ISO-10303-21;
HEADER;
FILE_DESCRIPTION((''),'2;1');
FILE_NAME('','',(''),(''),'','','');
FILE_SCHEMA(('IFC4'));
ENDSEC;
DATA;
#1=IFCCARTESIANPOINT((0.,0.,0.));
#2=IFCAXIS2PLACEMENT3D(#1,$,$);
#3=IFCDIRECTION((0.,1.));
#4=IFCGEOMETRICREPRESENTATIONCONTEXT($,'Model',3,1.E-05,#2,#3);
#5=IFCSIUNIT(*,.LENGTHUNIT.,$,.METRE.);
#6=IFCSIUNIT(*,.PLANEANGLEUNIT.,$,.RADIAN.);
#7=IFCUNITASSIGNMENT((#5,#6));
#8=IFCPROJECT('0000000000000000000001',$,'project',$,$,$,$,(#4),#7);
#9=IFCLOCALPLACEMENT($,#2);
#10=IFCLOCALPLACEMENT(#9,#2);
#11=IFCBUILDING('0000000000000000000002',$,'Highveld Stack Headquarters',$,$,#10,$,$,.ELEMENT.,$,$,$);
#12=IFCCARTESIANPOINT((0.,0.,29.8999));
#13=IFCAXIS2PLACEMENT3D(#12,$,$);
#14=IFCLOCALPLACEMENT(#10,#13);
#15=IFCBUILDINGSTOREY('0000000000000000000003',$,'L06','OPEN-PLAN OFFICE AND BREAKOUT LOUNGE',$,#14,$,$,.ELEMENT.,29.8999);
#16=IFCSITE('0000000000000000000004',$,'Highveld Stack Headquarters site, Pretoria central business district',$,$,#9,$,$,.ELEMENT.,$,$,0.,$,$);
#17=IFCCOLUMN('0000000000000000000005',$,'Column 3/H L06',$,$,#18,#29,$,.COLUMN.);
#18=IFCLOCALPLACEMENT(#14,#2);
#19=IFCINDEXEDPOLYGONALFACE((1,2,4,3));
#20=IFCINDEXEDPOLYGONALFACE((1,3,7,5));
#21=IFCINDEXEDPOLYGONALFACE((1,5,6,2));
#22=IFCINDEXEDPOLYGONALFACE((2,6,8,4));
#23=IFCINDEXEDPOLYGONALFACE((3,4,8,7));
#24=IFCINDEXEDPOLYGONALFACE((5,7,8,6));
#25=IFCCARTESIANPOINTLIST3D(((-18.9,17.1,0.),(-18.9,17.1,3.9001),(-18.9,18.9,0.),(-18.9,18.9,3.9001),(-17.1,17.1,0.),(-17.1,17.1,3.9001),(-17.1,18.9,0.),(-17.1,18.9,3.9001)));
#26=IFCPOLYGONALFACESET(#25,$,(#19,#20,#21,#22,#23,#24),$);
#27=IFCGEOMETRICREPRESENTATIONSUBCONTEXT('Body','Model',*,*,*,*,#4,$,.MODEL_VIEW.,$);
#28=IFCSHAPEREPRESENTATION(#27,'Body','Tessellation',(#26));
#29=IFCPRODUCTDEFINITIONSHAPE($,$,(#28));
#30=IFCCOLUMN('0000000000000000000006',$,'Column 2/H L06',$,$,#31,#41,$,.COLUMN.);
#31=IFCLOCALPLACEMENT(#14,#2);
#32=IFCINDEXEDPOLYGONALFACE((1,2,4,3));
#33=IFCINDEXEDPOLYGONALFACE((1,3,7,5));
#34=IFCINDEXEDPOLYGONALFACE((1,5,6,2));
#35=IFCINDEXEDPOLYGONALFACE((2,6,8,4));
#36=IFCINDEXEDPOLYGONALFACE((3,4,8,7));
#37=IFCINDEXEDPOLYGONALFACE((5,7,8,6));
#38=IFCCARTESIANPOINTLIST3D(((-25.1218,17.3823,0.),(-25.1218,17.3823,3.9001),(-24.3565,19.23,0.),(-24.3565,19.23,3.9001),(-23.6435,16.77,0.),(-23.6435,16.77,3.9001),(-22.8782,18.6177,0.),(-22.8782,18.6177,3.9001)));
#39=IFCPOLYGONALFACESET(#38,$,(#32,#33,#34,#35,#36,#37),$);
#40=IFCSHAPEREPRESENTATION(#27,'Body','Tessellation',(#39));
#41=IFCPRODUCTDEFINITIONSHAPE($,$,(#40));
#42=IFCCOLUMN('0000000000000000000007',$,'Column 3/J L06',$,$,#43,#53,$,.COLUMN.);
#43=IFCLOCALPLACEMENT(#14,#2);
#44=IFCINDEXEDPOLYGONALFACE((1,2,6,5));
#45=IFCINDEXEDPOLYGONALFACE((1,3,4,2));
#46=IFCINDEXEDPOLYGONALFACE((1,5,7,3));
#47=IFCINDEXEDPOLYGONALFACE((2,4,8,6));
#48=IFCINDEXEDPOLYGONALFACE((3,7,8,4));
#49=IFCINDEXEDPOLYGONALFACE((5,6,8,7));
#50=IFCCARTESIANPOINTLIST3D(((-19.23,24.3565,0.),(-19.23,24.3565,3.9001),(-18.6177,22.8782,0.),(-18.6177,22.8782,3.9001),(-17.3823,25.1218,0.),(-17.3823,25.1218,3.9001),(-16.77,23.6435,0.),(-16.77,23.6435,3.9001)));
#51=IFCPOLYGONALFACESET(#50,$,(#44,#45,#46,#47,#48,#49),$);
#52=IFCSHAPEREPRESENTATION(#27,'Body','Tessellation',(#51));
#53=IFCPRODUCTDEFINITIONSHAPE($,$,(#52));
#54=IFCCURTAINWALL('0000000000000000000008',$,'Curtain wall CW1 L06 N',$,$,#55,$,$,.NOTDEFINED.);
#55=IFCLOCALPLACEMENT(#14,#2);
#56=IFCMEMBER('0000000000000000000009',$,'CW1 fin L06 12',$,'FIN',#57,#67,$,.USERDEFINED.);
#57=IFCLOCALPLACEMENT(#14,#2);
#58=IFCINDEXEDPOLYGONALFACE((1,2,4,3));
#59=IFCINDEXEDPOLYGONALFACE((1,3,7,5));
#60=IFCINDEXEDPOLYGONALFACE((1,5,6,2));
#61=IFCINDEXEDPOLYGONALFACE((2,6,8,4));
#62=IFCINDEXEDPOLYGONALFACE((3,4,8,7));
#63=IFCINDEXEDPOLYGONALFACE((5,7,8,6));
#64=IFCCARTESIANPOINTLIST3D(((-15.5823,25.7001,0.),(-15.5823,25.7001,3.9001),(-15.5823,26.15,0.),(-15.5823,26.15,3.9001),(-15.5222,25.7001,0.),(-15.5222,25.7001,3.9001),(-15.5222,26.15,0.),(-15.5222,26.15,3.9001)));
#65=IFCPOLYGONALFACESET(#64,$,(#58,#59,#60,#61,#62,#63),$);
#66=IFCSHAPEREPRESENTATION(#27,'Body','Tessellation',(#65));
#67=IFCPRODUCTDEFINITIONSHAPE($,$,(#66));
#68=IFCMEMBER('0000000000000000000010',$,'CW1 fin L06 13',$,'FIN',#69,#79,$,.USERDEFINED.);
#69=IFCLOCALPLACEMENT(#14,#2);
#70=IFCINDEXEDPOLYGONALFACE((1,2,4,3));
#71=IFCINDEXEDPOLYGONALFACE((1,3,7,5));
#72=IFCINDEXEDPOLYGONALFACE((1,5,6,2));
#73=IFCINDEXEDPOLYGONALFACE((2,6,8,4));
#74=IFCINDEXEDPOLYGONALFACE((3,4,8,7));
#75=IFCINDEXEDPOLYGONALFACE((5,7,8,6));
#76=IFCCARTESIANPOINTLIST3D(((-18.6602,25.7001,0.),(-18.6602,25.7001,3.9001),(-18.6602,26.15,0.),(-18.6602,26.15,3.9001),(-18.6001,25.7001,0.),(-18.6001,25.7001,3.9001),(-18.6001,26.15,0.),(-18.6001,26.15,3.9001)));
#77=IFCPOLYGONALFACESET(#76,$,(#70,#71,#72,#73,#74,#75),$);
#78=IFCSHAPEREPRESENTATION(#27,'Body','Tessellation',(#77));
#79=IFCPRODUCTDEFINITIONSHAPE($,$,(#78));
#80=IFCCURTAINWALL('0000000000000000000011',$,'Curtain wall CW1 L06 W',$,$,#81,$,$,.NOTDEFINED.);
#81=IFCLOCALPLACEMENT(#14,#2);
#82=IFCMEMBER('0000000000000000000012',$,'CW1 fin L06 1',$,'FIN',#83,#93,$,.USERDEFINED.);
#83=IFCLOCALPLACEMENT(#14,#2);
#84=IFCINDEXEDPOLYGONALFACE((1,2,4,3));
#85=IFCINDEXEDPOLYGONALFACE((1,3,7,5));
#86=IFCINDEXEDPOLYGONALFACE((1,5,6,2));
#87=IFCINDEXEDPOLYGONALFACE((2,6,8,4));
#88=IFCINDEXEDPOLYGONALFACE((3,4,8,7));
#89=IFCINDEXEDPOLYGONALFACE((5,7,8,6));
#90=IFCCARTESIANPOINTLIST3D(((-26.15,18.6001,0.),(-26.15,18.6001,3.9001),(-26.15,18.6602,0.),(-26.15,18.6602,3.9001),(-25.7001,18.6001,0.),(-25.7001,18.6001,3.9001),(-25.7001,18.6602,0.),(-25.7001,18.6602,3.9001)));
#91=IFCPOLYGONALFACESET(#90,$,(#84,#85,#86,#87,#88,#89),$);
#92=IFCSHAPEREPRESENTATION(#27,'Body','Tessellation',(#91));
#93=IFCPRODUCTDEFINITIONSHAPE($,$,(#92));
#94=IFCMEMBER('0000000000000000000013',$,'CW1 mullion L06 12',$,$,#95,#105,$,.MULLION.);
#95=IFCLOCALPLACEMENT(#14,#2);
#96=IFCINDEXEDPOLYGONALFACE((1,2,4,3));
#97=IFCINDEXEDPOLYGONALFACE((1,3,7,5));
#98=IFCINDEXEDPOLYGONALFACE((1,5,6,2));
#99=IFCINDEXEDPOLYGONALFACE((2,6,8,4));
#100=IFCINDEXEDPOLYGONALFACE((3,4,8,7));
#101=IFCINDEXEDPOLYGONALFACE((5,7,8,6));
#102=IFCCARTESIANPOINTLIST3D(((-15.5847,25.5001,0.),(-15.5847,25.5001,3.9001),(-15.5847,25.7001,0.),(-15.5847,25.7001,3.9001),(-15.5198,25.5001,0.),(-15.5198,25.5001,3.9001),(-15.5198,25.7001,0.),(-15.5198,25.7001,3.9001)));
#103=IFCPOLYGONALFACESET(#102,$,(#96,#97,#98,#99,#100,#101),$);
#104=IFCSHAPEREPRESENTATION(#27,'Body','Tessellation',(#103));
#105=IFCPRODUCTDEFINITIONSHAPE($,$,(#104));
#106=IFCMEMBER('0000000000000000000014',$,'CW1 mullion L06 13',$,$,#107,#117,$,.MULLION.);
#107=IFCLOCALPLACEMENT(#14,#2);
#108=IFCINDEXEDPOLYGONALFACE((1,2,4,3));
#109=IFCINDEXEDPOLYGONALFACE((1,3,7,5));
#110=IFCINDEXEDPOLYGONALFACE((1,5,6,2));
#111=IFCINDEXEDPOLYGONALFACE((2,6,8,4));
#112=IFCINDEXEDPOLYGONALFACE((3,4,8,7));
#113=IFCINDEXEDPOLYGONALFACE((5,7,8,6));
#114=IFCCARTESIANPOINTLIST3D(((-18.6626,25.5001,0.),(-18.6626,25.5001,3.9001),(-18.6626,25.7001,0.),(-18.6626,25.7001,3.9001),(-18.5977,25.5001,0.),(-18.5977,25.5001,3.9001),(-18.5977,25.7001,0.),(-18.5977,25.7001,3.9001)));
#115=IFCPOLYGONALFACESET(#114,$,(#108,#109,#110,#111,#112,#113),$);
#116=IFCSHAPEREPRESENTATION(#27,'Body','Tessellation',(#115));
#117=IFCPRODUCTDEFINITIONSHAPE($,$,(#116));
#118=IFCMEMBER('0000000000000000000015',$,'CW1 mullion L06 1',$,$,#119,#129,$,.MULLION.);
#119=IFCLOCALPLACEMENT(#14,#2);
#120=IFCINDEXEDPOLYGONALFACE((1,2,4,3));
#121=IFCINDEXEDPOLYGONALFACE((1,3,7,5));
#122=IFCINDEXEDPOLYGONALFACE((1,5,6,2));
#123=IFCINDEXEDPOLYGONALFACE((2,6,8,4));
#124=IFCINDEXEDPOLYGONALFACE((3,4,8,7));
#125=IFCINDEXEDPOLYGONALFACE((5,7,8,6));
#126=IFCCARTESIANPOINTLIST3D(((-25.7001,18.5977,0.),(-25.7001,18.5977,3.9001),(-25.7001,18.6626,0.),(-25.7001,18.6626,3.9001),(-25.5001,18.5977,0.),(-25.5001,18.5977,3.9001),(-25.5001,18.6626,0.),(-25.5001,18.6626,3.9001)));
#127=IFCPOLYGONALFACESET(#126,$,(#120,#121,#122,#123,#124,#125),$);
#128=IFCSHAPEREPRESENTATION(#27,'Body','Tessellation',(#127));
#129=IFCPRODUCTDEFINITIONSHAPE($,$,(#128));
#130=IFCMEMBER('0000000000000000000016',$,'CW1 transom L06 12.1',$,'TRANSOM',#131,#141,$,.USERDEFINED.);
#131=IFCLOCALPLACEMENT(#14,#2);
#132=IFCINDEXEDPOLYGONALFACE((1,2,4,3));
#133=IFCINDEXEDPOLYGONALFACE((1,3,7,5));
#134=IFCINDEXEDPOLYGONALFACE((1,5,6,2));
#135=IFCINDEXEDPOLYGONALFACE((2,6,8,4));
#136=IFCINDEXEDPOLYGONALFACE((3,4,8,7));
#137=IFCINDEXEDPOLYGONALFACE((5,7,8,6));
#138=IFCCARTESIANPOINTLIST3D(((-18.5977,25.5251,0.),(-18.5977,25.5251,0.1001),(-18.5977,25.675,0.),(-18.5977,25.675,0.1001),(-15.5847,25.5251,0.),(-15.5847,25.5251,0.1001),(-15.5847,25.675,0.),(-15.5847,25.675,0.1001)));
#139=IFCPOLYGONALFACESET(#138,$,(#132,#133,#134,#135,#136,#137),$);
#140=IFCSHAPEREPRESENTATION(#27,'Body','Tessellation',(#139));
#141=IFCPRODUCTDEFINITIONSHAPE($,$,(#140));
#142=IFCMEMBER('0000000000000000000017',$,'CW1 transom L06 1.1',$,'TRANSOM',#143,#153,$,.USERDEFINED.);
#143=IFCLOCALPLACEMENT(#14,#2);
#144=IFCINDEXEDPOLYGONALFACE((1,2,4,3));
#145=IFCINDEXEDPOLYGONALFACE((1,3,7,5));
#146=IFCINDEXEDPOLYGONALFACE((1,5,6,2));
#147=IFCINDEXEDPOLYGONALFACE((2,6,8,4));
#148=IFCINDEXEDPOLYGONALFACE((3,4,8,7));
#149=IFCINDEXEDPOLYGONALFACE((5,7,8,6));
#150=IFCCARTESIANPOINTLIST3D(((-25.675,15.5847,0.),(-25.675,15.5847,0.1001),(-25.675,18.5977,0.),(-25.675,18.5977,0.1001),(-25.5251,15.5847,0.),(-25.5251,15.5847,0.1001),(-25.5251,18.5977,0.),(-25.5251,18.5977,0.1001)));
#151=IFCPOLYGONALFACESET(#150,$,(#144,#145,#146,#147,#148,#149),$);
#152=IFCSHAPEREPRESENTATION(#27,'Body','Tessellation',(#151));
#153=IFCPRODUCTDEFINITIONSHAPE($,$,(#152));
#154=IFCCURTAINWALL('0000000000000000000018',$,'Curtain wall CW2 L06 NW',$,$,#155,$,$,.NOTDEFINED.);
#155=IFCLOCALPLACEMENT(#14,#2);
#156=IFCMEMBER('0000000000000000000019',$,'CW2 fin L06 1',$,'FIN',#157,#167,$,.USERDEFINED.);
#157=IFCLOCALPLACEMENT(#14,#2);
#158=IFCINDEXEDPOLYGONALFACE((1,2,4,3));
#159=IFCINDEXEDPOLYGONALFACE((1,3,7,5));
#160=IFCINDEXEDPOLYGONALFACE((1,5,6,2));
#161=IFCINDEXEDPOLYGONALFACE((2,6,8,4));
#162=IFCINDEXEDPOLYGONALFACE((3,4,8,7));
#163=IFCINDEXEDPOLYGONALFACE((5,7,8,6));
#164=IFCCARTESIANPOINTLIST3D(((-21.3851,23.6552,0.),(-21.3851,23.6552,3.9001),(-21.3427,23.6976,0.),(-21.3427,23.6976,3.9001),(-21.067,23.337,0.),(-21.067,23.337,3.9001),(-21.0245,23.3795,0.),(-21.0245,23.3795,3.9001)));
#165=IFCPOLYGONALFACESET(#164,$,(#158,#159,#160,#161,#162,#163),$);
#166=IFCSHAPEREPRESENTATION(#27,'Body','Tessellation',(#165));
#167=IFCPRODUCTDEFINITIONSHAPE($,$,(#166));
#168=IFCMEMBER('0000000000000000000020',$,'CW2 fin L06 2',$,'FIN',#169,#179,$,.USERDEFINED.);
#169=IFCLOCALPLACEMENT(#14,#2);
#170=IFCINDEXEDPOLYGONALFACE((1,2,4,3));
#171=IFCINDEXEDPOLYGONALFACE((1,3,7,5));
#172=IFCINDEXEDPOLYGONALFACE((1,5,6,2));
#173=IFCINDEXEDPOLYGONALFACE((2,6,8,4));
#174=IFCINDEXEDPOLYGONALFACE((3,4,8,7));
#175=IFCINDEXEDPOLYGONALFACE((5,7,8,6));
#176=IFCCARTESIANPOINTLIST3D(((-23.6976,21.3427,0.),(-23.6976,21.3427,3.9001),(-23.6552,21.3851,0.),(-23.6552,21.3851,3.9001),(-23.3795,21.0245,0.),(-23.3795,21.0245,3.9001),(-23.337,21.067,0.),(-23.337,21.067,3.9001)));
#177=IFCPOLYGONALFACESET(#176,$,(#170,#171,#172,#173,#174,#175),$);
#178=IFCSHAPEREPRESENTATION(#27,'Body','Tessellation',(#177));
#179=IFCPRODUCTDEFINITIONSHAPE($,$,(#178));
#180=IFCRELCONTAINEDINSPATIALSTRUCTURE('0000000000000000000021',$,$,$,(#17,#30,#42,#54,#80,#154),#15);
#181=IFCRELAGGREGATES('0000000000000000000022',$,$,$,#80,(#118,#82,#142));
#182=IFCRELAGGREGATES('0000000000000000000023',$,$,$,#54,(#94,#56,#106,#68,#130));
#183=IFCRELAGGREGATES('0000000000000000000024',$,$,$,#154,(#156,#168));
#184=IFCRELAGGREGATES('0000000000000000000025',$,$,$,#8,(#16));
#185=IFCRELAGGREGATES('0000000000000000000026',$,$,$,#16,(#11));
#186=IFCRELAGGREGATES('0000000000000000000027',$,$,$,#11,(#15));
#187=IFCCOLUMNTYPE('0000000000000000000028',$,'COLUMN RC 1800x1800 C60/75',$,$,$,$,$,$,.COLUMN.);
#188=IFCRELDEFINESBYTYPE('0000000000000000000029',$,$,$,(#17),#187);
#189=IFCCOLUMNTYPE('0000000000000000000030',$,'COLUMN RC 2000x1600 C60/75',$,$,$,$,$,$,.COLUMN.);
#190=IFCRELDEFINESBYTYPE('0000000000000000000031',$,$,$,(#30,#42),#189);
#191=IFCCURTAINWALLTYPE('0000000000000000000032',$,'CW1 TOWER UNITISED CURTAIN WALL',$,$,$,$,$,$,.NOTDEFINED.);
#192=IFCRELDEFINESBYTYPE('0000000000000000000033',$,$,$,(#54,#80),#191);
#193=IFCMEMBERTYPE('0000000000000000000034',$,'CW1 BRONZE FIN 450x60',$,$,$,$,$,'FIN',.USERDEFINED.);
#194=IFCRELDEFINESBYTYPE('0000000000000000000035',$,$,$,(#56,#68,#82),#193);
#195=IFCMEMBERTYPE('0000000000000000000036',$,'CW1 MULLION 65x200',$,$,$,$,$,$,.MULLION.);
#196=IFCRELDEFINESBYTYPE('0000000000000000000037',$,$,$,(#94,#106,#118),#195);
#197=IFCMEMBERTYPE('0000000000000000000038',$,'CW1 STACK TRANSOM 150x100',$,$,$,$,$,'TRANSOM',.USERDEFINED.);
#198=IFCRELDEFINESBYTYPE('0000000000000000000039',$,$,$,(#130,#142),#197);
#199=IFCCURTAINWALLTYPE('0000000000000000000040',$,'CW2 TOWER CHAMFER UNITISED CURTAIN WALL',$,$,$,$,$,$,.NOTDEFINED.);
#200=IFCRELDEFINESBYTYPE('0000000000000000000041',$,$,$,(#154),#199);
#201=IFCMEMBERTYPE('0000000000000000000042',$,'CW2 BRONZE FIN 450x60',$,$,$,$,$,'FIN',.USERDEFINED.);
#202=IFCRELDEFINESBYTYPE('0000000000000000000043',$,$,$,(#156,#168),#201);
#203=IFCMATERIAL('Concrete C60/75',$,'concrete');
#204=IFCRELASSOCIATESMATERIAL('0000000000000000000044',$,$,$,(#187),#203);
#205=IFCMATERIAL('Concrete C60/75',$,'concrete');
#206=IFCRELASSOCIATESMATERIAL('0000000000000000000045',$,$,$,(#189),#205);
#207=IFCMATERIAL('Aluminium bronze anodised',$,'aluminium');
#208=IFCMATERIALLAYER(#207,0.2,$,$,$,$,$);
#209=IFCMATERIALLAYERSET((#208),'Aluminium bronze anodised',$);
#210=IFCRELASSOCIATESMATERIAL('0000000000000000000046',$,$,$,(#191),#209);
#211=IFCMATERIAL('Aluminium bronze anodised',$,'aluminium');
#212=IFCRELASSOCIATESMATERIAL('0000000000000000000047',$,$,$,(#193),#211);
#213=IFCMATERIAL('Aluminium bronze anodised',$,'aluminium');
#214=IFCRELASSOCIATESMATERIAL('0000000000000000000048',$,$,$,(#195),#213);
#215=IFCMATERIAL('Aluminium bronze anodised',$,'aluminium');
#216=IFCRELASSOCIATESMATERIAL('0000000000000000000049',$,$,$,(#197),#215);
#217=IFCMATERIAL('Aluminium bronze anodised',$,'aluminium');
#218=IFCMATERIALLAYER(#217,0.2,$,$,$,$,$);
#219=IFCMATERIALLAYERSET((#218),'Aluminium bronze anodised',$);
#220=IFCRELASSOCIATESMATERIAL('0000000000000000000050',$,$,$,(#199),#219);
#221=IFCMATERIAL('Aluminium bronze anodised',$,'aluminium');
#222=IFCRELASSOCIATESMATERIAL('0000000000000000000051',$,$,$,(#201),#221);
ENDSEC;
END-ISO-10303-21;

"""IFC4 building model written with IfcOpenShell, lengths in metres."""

from ifc_helpers import new_model, si_unit, direction, frame, origin, origin_2d, place, context, subcontext, project, spatial, rectangle, extrude, material, layer, layer_set, material_profile, profile_set, type_object, element, aggregate, save


model = new_model("IFC4")

# Units and contexts
model_context = context("Model", 3, precision=1e-05, world=origin(), true_north=direction((0.0, 1.0)))
body_context = subcontext(model_context, "Body", "Model", "MODEL_VIEW")
ifc_project = project(units=[si_unit("LENGTHUNIT", "METRE"), si_unit("PLANEANGLEUNIT", "RADIAN")], contexts=[model_context])

# Site, building, storey
site_placement = place(None, origin())
site = spatial("IfcSite", under=ifc_project, at=site_placement, Name="Highveld Stack Headquarters site, Pretoria central business district", CompositionType="ELEMENT", RefElevation=0.0)
building_placement = place(site_placement, origin())
building = spatial("IfcBuilding", under=site, at=building_placement, Name="Highveld Stack Headquarters", CompositionType="ELEMENT")
storey_placement = place(building_placement, frame((0.0, 0.0, 29.8999)))
storey = spatial("IfcBuildingStorey", under=building, at=storey_placement, Name="L06", Description="OPEN-PLAN OFFICE AND BREAKOUT LOUNGE", CompositionType="ELEMENT", Elevation=29.8999)

# Columns
ifc_material_1 = material(Name="Concrete C60/75", Category="concrete")
ifc_material_profile_1 = material_profile(ifc_material_1, rectangle(XDim=1.8, YDim=1.8, at=origin_2d()), Name="RC 1800x1800")
ifc_profile_set_1 = profile_set([ifc_material_profile_1], Name="Concrete C60/75")
column_type_1 = type_object("IfcColumnType", Name="COLUMN RC 1800x1800 C60/75", PredefinedType="COLUMN", material=ifc_profile_set_1)
column_placement = place(storey_placement, frame((-18.0, 18.0, 0.0), z_axis=(0.0, 0.0, 1.0), x_axis=(1.0, 0.0, 0.0)))
element("IfcColumn", 1, at=column_placement, inside=storey, type_object=column_type_1, Name="Column 3/H L06", PredefinedType="COLUMN", context=body_context, shape_type="SweptSolid", body=[
    extrude(rectangle(XDim=1.8, YDim=1.8, at=origin_2d()), origin(), (0.0, 0.0, 1.0), 3.9001),
])
ifc_material_2 = material(Name="Concrete C60/75", Category="concrete")
ifc_material_profile_2 = material_profile(ifc_material_2, rectangle(XDim=2.0, YDim=1.6001, at=origin_2d()), Name="RC 2000x1600")
ifc_profile_set_2 = profile_set([ifc_material_profile_2], Name="Concrete C60/75")
column_type_2 = type_object("IfcColumnType", Name="COLUMN RC 2000x1600 C60/75", PredefinedType="COLUMN", material=ifc_profile_set_2)
for number, where, z_axis, x_axis, name in (
    (2, (-24.0, 18.0, 0.0), (0.0, 0.0, 1.0), (0.382683, 0.92388, 0.0), "Column 2/H L06"),
    (3, (-18.0, 24.0, 0.0), (0.0, 0.0, 1.0), (0.92388, 0.382683, 0.0), "Column 3/J L06"),
):
    element("IfcColumn", number, at=place(storey_placement, frame(where, z_axis=z_axis, x_axis=x_axis)), inside=storey, type_object=column_type_2, Name=name, PredefinedType="COLUMN", context=body_context, shape_type="SweptSolid", body=[
        extrude(rectangle(XDim=2.0, YDim=1.6001, at=origin_2d()), origin(), (0.0, 0.0, 1.0), 3.9001),
    ])

# Curtain wall, members
ifc_material_3 = material(Name="Aluminium bronze anodised", Category="aluminium")
ifc_layer_1 = layer(ifc_material_3, 0.2)
ifc_layer_set_1 = layer_set([ifc_layer_1], Name="Aluminium bronze anodised")
curtain_wall_type_1 = type_object("IfcCurtainWallType", Name="CW1 TOWER UNITISED CURTAIN WALL", PredefinedType="NOTDEFINED", material=ifc_layer_set_1)
curtain_wall_1_placement = place(storey_placement, origin())
curtain_wall_1 = element("IfcCurtainWall", 4, at=curtain_wall_1_placement, inside=storey, type_object=curtain_wall_type_1, Name="Curtain wall CW1 L06 N", PredefinedType="NOTDEFINED")
ifc_material_4 = material(Name="Aluminium bronze anodised", Category="aluminium")
ifc_material_profile_3 = material_profile(ifc_material_4, rectangle(XDim=0.45, YDim=0.0601, at=origin_2d()), Name="FIN 450x60")
ifc_profile_set_3 = profile_set([ifc_material_profile_3], Name="Aluminium bronze anodised")
member_type_1 = type_object("IfcMemberType", Name="CW1 BRONZE FIN 450x60", ElementType="FIN", PredefinedType="USERDEFINED", material=ifc_profile_set_3)
member_1_placement = place(storey_placement, frame((-15.5522, 25.925, 0.0), z_axis=(0.0, 0.0, 1.0), x_axis=(0.0, -1.0, 0.0)))
member_1 = element("IfcMember", 5, at=member_1_placement, type_object=member_type_1, Name="CW1 fin L06 12", ObjectType="FIN", PredefinedType="USERDEFINED", context=body_context, shape_type="SweptSolid", body=[
    extrude(rectangle(XDim=0.45, YDim=0.0601, at=origin_2d()), origin(), (0.0, 0.0, 1.0), 3.9001),
])
member_2_placement = place(storey_placement, frame((-18.6301, 25.925, 0.0), z_axis=(0.0, 0.0, 1.0), x_axis=(0.0, -1.0, 0.0)))
member_2 = element("IfcMember", 6, at=member_2_placement, type_object=member_type_1, Name="CW1 fin L06 13", ObjectType="FIN", PredefinedType="USERDEFINED", context=body_context, shape_type="SweptSolid", body=[
    extrude(rectangle(XDim=0.45, YDim=0.0601, at=origin_2d()), origin(), (0.0, 0.0, 1.0), 3.9001),
])

# Curtain wall, member
curtain_wall_2_placement = place(storey_placement, origin())
curtain_wall_2 = element("IfcCurtainWall", 7, at=curtain_wall_2_placement, inside=storey, type_object=curtain_wall_type_1, Name="Curtain wall CW1 L06 W", PredefinedType="NOTDEFINED")
member_3_placement = place(storey_placement, frame((-25.925, 18.6301, 0.0), z_axis=(0.0, 0.0, 1.0), x_axis=(1.0, 0.0, 0.0)))
member_3 = element("IfcMember", 8, at=member_3_placement, type_object=member_type_1, Name="CW1 fin L06 1", ObjectType="FIN", PredefinedType="USERDEFINED", context=body_context, shape_type="SweptSolid", body=[
    extrude(rectangle(XDim=0.45, YDim=0.0601, at=origin_2d()), origin(), (0.0, 0.0, 1.0), 3.9001),
])

# Members
ifc_material_5 = material(Name="Aluminium bronze anodised", Category="aluminium")
ifc_material_profile_4 = material_profile(ifc_material_5, rectangle(XDim=0.2, YDim=0.0649, at=origin_2d()), Name="CW1 MULLION 65x200")
ifc_profile_set_4 = profile_set([ifc_material_profile_4], Name="Aluminium bronze anodised")
member_type_2 = type_object("IfcMemberType", Name="CW1 MULLION 65x200", PredefinedType="MULLION", material=ifc_profile_set_4)
member_4_placement = place(storey_placement, frame((-15.5522, 25.6001, 0.0), z_axis=(0.0, 0.0, 1.0), x_axis=(0.0, -1.0, 0.0)))
member_4 = element("IfcMember", 9, at=member_4_placement, type_object=member_type_2, Name="CW1 mullion L06 12", PredefinedType="MULLION", context=body_context, shape_type="SweptSolid", body=[
    extrude(rectangle(XDim=0.2, YDim=0.0649, at=origin_2d()), origin(), (0.0, 0.0, 1.0), 3.9001),
])
member_5_placement = place(storey_placement, frame((-18.6301, 25.6001, 0.0), z_axis=(0.0, 0.0, 1.0), x_axis=(0.0, -1.0, 0.0)))
member_5 = element("IfcMember", 10, at=member_5_placement, type_object=member_type_2, Name="CW1 mullion L06 13", PredefinedType="MULLION", context=body_context, shape_type="SweptSolid", body=[
    extrude(rectangle(XDim=0.2, YDim=0.0649, at=origin_2d()), origin(), (0.0, 0.0, 1.0), 3.9001),
])
member_6_placement = place(storey_placement, frame((-25.6001, 18.6301, 0.0), z_axis=(0.0, 0.0, 1.0), x_axis=(1.0, 0.0, 0.0)))
member_6 = element("IfcMember", 11, at=member_6_placement, type_object=member_type_2, Name="CW1 mullion L06 1", PredefinedType="MULLION", context=body_context, shape_type="SweptSolid", body=[
    extrude(rectangle(XDim=0.2, YDim=0.0649, at=origin_2d()), origin(), (0.0, 0.0, 1.0), 3.9001),
])
ifc_material_6 = material(Name="Aluminium bronze anodised", Category="aluminium")
ifc_material_profile_5 = material_profile(ifc_material_6, rectangle(XDim=0.1499, YDim=0.1001, at=origin_2d()), Name="CW1 TRANSOM 150x100")
ifc_profile_set_5 = profile_set([ifc_material_profile_5], Name="Aluminium bronze anodised")
member_type_3 = type_object("IfcMemberType", Name="CW1 STACK TRANSOM 150x100", ElementType="TRANSOM", PredefinedType="USERDEFINED", material=ifc_profile_set_5)
member_7_placement = place(storey_placement, frame((-15.5847, 25.6001, 0.05), z_axis=(-1.0, 0.0, 0.0), x_axis=(0.0, -1.0, 0.0)))
member_7 = element("IfcMember", 12, at=member_7_placement, type_object=member_type_3, Name="CW1 transom L06 12.1", ObjectType="TRANSOM", PredefinedType="USERDEFINED", context=body_context, shape_type="SweptSolid", body=[
    extrude(rectangle(XDim=0.1499, YDim=0.1001, at=origin_2d()), origin(), (0.0, 0.0, 1.0), 3.0129),
])
member_8_placement = place(storey_placement, frame((-25.6001, 18.5977, 0.05), z_axis=(0.0, -1.0, 0.0), x_axis=(1.0, 0.0, 0.0)))
member_8 = element("IfcMember", 13, at=member_8_placement, type_object=member_type_3, Name="CW1 transom L06 1.1", ObjectType="TRANSOM", PredefinedType="USERDEFINED", context=body_context, shape_type="SweptSolid", body=[
    extrude(rectangle(XDim=0.1499, YDim=0.1001, at=origin_2d()), origin(), (0.0, 0.0, 1.0), 3.0129),
])
aggregate(curtain_wall_2, [member_6, member_3, member_8])

# Curtain wall, members
ifc_material_7 = material(Name="Aluminium bronze anodised", Category="aluminium")
ifc_layer_2 = layer(ifc_material_7, 0.2)
ifc_layer_set_2 = layer_set([ifc_layer_2], Name="Aluminium bronze anodised")
curtain_wall_type_2 = type_object("IfcCurtainWallType", Name="CW2 TOWER CHAMFER UNITISED CURTAIN WALL", PredefinedType="NOTDEFINED", material=ifc_layer_set_2)
curtain_wall_3_placement = place(storey_placement, origin())
curtain_wall_3 = element("IfcCurtainWall", 14, at=curtain_wall_3_placement, inside=storey, type_object=curtain_wall_type_2, Name="Curtain wall CW2 L06 NW", PredefinedType="NOTDEFINED")
ifc_material_8 = material(Name="Aluminium bronze anodised", Category="aluminium")
ifc_material_profile_6 = material_profile(ifc_material_8, rectangle(XDim=0.45, YDim=0.0601, at=origin_2d()), Name="FIN 450x60")
ifc_profile_set_6 = profile_set([ifc_material_profile_6], Name="Aluminium bronze anodised")
member_type_4 = type_object("IfcMemberType", Name="CW2 BRONZE FIN 450x60", ElementType="FIN", PredefinedType="USERDEFINED", material=ifc_profile_set_6)
member_9_placement = place(storey_placement, frame((-21.2048, 23.5173, 0.0), z_axis=(0.0, 0.0, 1.0), x_axis=(0.707107, -0.707107, 0.0)))
member_9 = element("IfcMember", 15, at=member_9_placement, type_object=member_type_4, Name="CW2 fin L06 1", ObjectType="FIN", PredefinedType="USERDEFINED", context=body_context, shape_type="SweptSolid", body=[
    extrude(rectangle(XDim=0.45, YDim=0.0601, at=origin_2d()), origin(), (0.0, 0.0, 1.0), 3.9001),
])
member_10_placement = place(storey_placement, frame((-23.5173, 21.2048, 0.0), z_axis=(0.0, 0.0, 1.0), x_axis=(0.707107, -0.707107, 0.0)))
member_10 = element("IfcMember", 16, at=member_10_placement, type_object=member_type_4, Name="CW2 fin L06 2", ObjectType="FIN", PredefinedType="USERDEFINED", context=body_context, shape_type="SweptSolid", body=[
    extrude(rectangle(XDim=0.45, YDim=0.0601, at=origin_2d()), origin(), (0.0, 0.0, 1.0), 3.9001),
])

aggregate(curtain_wall_1, [member_4, member_1, member_5, member_2, member_7])
aggregate(curtain_wall_3, [member_9, member_10])

save(model, "model.ifc")
